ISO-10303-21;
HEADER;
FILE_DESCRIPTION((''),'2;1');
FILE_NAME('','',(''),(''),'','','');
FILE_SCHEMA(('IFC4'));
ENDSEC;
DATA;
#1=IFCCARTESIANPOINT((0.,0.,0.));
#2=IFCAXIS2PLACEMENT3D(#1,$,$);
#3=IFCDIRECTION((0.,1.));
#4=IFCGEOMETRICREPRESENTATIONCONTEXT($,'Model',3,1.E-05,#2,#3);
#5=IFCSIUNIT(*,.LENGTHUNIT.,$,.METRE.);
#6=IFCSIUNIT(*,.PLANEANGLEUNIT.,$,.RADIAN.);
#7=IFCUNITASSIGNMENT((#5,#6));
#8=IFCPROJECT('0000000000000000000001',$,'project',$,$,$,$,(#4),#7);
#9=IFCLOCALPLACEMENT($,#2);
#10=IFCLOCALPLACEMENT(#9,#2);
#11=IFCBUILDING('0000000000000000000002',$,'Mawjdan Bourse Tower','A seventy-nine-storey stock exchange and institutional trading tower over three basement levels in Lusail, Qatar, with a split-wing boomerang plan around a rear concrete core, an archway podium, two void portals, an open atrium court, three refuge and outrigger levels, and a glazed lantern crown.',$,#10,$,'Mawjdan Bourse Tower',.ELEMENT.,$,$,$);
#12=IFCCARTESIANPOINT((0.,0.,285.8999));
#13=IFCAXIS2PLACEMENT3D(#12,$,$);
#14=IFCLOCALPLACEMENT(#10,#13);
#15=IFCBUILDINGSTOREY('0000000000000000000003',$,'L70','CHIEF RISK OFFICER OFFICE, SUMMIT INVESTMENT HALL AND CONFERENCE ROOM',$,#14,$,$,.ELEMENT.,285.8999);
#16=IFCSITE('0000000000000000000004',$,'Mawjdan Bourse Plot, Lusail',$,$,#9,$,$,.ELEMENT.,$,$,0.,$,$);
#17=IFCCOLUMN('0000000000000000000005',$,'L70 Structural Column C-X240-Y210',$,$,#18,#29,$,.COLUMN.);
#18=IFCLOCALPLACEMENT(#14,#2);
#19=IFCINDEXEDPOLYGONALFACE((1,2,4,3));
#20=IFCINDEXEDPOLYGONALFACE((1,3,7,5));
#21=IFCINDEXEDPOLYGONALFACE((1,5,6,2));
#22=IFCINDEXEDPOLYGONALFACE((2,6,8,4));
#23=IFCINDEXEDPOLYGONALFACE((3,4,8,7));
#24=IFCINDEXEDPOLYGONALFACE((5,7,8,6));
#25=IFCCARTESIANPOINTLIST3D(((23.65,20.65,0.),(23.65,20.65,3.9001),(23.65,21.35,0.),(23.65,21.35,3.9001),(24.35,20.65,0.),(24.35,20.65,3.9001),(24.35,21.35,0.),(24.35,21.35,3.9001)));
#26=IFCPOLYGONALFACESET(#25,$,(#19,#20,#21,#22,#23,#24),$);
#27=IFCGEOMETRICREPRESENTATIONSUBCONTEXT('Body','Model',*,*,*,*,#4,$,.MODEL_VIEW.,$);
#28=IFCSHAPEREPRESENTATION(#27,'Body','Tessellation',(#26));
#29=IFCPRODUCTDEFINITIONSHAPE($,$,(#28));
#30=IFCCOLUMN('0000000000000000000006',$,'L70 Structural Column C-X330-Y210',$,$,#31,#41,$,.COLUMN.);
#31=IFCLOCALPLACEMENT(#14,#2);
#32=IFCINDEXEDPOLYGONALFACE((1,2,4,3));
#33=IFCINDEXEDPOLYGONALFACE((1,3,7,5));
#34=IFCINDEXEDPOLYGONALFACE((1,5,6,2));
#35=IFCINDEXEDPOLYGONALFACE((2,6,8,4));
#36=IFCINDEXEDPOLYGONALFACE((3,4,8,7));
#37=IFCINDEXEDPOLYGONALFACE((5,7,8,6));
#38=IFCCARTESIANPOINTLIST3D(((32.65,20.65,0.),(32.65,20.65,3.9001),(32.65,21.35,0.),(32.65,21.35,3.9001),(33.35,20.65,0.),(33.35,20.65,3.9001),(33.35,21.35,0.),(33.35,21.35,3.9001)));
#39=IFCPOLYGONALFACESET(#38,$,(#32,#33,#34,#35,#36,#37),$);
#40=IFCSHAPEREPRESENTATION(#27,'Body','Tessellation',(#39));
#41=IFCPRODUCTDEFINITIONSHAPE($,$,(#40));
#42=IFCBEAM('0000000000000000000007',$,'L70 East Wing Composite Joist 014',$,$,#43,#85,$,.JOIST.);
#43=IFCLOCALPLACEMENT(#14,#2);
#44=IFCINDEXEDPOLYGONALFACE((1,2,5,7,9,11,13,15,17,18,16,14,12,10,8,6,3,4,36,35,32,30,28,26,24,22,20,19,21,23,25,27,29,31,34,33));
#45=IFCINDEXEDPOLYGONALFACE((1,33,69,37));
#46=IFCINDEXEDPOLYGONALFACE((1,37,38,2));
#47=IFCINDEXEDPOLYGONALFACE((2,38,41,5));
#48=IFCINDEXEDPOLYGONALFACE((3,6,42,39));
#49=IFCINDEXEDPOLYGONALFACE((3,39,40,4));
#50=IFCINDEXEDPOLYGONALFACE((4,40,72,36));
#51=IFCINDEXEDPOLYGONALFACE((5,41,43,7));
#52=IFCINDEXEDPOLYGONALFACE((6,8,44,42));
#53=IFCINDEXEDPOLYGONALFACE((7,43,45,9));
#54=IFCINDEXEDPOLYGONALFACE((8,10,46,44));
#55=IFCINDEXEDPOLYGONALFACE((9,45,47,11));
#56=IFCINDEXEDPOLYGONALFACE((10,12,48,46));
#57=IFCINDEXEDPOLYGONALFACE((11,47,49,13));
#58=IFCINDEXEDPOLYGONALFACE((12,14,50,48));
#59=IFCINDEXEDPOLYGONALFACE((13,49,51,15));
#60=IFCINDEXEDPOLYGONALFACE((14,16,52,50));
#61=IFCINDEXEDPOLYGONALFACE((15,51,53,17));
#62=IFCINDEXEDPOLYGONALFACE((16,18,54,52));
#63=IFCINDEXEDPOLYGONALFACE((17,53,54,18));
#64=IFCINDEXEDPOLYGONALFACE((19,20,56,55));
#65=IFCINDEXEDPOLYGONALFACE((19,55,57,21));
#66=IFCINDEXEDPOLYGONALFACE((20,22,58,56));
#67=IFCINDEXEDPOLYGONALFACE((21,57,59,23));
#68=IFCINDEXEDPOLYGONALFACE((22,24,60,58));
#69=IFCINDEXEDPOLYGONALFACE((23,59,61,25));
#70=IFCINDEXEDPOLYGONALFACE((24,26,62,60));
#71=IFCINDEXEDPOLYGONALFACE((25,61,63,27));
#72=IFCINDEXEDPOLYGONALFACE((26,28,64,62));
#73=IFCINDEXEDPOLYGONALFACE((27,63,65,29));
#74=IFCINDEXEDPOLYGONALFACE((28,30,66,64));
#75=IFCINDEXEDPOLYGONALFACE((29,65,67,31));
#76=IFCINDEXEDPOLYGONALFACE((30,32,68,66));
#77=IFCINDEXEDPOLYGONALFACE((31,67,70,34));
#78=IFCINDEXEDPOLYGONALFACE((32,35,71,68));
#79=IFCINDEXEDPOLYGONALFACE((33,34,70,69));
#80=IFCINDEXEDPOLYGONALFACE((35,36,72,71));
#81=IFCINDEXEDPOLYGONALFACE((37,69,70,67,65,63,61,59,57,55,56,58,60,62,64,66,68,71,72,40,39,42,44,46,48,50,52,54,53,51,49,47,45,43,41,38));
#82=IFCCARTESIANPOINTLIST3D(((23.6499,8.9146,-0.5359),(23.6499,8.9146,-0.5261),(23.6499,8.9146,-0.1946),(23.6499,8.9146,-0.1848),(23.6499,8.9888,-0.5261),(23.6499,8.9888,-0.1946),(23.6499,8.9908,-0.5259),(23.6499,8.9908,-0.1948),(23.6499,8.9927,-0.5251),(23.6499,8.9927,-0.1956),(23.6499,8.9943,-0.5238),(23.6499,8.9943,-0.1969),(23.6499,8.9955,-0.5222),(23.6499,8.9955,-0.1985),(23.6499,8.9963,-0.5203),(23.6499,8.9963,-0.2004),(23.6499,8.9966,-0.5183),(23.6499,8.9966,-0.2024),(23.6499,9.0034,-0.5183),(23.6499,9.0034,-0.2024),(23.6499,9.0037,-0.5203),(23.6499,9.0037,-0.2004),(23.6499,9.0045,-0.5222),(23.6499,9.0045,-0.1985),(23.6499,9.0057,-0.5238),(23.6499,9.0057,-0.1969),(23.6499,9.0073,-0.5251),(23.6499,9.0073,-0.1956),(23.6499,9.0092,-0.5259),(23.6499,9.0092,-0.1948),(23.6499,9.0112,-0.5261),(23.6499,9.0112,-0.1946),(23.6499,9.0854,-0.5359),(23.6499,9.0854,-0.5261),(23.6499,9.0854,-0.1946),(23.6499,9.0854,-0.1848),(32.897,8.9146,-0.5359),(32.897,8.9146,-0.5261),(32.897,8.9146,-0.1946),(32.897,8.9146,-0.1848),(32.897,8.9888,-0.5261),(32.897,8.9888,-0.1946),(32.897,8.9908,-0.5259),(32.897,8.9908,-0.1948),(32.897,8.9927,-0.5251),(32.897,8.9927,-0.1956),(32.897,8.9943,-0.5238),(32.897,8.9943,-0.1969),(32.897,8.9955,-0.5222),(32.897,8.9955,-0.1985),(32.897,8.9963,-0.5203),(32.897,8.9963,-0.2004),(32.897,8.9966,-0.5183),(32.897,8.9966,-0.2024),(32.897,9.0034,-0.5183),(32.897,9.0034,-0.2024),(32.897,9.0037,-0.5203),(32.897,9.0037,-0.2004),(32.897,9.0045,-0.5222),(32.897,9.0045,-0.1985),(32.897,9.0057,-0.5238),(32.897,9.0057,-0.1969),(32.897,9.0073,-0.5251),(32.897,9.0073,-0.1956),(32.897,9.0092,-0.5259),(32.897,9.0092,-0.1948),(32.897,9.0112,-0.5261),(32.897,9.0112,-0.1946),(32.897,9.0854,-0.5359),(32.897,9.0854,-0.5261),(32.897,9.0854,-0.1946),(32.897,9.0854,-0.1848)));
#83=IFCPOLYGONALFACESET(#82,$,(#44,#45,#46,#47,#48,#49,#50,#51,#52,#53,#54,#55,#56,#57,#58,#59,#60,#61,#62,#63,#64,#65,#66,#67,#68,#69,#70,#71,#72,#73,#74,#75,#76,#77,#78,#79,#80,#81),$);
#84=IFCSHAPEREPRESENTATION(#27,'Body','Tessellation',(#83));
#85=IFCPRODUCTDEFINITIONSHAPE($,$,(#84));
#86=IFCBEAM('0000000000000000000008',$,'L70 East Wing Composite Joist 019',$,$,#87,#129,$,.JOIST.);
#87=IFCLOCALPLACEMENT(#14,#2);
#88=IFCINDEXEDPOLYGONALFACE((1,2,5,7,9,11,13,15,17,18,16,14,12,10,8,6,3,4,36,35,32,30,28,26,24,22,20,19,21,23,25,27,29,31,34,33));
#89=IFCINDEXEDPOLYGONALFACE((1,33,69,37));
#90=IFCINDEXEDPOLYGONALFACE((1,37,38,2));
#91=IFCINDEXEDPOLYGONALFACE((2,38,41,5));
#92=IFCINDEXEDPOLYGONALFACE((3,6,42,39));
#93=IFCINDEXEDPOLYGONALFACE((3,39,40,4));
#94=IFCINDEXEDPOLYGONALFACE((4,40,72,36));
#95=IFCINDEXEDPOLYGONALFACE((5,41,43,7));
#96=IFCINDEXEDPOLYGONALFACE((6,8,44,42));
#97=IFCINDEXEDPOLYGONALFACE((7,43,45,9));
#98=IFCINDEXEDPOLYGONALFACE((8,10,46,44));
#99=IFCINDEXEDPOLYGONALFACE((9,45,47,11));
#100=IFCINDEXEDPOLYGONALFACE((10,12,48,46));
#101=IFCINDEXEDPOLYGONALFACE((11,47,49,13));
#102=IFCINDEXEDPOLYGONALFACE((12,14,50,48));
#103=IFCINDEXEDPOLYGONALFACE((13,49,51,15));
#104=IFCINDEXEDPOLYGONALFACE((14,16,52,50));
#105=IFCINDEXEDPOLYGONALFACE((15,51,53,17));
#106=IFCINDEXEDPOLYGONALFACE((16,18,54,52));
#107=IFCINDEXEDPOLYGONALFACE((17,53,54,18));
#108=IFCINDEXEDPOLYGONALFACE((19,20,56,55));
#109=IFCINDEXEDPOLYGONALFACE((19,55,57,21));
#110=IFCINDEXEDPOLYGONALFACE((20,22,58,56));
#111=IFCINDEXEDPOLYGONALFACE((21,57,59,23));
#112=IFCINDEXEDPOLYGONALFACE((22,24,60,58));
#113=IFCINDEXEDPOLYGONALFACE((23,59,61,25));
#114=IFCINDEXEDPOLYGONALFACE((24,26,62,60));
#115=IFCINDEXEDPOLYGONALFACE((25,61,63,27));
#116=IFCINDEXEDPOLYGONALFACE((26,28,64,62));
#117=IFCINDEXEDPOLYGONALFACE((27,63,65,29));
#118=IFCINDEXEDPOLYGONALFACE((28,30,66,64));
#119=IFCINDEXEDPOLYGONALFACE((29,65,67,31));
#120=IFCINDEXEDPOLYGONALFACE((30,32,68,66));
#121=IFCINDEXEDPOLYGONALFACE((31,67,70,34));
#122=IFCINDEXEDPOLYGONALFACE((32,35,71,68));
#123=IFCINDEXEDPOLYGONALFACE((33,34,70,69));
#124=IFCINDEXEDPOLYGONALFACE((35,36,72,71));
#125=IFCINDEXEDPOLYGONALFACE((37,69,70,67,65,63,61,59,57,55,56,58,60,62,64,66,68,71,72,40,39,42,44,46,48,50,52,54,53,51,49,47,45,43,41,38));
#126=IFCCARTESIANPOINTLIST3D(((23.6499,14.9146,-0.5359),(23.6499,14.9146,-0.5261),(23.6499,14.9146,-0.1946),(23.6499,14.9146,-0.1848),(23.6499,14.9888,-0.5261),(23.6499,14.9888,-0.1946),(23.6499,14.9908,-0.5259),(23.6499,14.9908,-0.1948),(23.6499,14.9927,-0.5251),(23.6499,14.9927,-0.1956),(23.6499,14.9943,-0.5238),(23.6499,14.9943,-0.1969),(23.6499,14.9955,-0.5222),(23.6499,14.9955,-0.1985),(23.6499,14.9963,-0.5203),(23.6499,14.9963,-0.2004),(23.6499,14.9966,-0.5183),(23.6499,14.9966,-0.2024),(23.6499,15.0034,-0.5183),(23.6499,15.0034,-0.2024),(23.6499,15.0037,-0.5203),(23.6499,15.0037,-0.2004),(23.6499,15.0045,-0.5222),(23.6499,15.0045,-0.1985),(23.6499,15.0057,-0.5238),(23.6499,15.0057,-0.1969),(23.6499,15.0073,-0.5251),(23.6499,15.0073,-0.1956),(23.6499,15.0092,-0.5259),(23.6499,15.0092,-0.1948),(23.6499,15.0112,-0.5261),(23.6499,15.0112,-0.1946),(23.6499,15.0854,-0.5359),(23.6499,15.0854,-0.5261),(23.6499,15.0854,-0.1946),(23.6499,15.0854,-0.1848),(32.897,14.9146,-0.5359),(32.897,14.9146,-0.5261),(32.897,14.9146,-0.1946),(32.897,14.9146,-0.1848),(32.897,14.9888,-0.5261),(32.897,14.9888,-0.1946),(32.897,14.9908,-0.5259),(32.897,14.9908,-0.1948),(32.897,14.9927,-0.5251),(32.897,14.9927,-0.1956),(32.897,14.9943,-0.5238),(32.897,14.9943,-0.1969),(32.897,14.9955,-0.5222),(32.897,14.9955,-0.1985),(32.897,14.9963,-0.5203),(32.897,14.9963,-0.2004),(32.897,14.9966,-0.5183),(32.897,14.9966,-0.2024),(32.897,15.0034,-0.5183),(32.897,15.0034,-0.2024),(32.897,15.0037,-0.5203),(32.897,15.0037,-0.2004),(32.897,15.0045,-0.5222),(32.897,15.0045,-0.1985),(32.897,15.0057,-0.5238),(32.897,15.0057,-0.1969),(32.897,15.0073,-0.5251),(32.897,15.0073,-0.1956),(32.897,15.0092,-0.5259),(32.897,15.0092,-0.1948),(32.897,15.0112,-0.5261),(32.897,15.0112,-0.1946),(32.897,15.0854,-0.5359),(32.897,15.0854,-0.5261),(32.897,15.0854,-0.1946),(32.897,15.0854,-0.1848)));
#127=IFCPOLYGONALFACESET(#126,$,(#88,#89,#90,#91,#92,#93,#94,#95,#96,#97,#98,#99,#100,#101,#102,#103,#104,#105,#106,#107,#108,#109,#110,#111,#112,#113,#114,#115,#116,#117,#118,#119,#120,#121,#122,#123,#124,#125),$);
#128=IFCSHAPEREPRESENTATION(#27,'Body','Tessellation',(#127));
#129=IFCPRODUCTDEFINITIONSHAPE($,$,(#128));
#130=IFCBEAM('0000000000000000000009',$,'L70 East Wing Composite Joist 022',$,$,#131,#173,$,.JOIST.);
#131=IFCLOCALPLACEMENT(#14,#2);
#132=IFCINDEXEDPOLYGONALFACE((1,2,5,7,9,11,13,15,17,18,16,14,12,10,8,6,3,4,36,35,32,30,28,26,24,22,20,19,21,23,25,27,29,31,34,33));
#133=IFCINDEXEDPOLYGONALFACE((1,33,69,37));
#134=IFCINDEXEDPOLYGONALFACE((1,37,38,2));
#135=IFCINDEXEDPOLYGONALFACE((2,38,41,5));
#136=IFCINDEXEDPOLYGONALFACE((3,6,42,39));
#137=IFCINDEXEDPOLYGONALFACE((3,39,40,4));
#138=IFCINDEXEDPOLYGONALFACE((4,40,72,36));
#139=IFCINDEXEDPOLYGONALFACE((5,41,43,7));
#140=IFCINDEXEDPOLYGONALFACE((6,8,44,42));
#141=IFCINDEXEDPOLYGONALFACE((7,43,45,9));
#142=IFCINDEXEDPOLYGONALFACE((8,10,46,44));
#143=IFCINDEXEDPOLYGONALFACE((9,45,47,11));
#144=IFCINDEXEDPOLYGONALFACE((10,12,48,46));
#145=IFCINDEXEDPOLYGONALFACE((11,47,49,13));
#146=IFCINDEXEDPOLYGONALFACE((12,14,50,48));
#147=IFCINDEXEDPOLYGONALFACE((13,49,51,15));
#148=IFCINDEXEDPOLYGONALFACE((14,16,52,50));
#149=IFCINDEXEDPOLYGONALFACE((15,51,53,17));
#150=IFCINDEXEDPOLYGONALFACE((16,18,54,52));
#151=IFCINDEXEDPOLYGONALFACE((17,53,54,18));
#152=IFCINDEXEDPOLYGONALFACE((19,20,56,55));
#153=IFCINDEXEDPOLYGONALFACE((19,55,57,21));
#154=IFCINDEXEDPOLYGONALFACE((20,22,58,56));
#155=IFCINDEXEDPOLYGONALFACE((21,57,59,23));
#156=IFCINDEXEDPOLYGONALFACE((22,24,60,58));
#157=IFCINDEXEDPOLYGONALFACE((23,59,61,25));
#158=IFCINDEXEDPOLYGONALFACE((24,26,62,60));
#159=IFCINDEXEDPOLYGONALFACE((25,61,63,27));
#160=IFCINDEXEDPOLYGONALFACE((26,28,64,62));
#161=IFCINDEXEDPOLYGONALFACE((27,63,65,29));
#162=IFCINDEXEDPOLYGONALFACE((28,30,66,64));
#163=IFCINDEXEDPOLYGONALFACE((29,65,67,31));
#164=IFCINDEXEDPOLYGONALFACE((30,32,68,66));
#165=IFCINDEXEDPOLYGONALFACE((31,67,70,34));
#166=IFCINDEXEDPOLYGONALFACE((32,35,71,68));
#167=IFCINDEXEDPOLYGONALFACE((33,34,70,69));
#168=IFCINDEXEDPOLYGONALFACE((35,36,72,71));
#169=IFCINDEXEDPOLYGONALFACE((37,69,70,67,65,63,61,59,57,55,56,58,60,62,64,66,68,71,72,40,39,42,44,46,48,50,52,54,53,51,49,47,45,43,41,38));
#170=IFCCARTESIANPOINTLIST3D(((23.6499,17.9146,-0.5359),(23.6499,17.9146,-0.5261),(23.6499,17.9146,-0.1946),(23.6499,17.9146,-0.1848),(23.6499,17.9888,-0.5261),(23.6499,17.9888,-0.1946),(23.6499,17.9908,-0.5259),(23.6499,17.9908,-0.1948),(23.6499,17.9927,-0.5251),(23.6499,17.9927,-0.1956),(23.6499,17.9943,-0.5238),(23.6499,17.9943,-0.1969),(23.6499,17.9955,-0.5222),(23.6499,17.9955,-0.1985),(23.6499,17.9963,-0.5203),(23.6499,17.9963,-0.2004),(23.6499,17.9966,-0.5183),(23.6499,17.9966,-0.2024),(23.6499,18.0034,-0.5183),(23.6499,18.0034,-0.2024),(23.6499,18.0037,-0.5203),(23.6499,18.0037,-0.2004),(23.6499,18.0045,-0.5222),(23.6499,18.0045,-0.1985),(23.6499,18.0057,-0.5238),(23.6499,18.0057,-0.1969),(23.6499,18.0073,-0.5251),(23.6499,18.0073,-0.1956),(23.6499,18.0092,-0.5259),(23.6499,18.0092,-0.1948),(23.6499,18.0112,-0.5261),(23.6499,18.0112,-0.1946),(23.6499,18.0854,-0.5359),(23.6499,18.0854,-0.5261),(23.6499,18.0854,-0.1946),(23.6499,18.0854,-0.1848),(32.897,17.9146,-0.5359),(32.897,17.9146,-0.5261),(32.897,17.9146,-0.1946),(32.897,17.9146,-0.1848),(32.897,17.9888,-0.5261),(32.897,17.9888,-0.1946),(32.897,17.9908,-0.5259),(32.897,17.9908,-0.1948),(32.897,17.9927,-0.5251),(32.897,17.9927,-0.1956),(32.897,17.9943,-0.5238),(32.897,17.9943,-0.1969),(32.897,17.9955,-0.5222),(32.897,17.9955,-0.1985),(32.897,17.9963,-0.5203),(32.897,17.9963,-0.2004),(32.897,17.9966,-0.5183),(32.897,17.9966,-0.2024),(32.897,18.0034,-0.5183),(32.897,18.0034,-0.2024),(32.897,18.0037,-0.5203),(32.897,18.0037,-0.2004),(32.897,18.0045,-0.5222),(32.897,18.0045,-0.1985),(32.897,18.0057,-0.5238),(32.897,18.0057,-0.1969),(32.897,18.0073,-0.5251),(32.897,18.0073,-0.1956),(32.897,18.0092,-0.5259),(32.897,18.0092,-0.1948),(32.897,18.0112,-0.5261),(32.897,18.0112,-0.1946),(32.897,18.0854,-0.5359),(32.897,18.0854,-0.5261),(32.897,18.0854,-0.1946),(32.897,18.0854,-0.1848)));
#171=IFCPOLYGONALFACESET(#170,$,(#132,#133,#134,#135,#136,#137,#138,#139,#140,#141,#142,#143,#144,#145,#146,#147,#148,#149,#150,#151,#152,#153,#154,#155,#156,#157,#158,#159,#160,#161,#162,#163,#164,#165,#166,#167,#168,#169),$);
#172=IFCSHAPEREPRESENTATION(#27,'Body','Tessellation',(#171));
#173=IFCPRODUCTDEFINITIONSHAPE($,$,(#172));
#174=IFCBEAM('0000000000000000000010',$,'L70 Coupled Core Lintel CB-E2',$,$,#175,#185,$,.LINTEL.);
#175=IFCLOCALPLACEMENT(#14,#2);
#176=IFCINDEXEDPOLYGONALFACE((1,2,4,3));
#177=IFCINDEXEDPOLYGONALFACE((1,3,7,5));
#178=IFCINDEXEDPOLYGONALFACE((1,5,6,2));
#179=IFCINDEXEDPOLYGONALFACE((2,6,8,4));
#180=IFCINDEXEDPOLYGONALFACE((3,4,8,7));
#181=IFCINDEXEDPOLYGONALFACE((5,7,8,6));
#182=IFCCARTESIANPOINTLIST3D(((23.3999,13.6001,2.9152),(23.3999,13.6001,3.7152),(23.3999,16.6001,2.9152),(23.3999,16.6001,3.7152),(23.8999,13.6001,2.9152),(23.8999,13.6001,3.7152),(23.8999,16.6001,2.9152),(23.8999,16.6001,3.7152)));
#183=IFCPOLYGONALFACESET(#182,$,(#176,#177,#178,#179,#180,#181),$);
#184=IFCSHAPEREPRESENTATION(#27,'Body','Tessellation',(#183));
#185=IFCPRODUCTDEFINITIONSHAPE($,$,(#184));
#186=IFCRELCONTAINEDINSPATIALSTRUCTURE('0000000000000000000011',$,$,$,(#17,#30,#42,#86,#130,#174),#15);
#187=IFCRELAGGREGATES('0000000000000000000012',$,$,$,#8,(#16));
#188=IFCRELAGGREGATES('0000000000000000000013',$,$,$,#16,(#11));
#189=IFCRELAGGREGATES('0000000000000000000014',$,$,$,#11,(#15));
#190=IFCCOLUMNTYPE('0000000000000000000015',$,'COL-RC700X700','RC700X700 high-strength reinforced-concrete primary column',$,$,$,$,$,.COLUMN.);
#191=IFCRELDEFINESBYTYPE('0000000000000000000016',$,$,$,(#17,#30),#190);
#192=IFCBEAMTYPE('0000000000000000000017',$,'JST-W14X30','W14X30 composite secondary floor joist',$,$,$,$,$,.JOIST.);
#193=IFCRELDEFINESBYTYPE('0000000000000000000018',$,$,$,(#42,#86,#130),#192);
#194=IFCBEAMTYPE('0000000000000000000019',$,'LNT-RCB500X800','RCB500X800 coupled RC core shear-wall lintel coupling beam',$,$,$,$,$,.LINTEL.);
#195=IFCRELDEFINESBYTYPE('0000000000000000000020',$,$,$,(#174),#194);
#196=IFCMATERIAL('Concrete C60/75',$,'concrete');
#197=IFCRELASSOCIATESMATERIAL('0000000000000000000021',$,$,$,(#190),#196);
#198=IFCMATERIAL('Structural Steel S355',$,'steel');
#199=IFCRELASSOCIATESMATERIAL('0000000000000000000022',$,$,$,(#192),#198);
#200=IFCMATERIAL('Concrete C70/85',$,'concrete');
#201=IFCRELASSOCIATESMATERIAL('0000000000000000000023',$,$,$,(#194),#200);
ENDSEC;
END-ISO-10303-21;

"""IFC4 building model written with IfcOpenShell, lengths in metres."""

from ifc_helpers import new_model, si_unit, direction, frame, origin, origin_2d, place, context, subcontext, project, spatial, rectangle, i_section, extrude, material, material_profile, profile_set, type_object, element, save


model = new_model("IFC4")

# Units and contexts
model_context = context("Model", 3, precision=1e-05, world=origin(), true_north=direction((0.0, 1.0)))
body_context = subcontext(model_context, "Body", "Model", "MODEL_VIEW")
ifc_project = project(units=[si_unit("LENGTHUNIT", "METRE"), si_unit("PLANEANGLEUNIT", "RADIAN")], contexts=[model_context])

# Site, building, storey
site_placement = place(None, origin())
site = spatial("IfcSite", under=ifc_project, at=site_placement, Name="Mawjdan Bourse Plot, Lusail", CompositionType="ELEMENT", RefElevation=0.0)
building_placement = place(site_placement, origin())
building = spatial("IfcBuilding", under=site, at=building_placement, Name="Mawjdan Bourse Tower", Description="A seventy-nine-storey stock exchange and institutional trading tower over three basement levels in Lusail, Qatar, with a split-wing boomerang plan around a rear concrete core, an archway podium, two void portals, an open atrium court, three refuge and outrigger levels, and a glazed lantern crown.", LongName="Mawjdan Bourse Tower", CompositionType="ELEMENT")
storey_placement = place(building_placement, frame((0.0, 0.0, 285.8999)))
storey = spatial("IfcBuildingStorey", under=building, at=storey_placement, Name="L70", Description="CHIEF RISK OFFICER OFFICE, SUMMIT INVESTMENT HALL AND CONFERENCE ROOM", CompositionType="ELEMENT", Elevation=285.8999)

# Columns
ifc_material_1 = material(Name="Concrete C60/75", Category="concrete")
ifc_material_profile_1 = material_profile(ifc_material_1, rectangle(XDim=0.7, YDim=0.7, at=origin_2d()), Name="RC700X700")
ifc_profile_set_1 = profile_set([ifc_material_profile_1], Name="Concrete C60/75")
column_type = type_object("IfcColumnType", Name="COL-RC700X700", Description="RC700X700 high-strength reinforced-concrete primary column", PredefinedType="COLUMN", material=ifc_profile_set_1)
for number, where, z_axis, x_axis, name in (
    (1, (24.0, 21.0, 0.0), (0.0, 0.0, 1.0), (1.0, 0.0, 0.0), "L70 Structural Column C-X240-Y210"),
    (2, (33.0, 21.0, 0.0), (0.0, 0.0, 1.0), (1.0, 0.0, 0.0), "L70 Structural Column C-X330-Y210"),
):
    element("IfcColumn", number, at=place(storey_placement, frame(where, z_axis=z_axis, x_axis=x_axis)), inside=storey, type_object=column_type, Name=name, PredefinedType="COLUMN", context=body_context, shape_type="SweptSolid", body=[
        extrude(rectangle(XDim=0.7, YDim=0.7, at=origin_2d()), origin(), (0.0, 0.0, 1.0), 3.9001),
    ])

# Beams
ifc_material_2 = material(Name="Structural Steel S355", Category="steel")
ifc_material_profile_2 = material_profile(ifc_material_2, i_section(OverallWidth=0.1709, OverallDepth=0.3511, WebThickness=0.0068, FlangeThickness=0.0098, FilletRadius=0.0078, at=origin_2d()), Name="W14X30")
ifc_profile_set_2 = profile_set([ifc_material_profile_2], Name="Structural Steel S355")
beam_type_1 = type_object("IfcBeamType", Name="JST-W14X30", Description="W14X30 composite secondary floor joist", PredefinedType="JOIST", material=ifc_profile_set_2)
for number, where, z_axis, x_axis, name in (
    (3, (23.6499, 9.0, -0.3604), (1.0, 0.0, 0.0), (0.0, 1.0, 0.0), "L70 East Wing Composite Joist 014"),
    (4, (23.6499, 15.0, -0.3604), (1.0, 0.0, 0.0), (0.0, 1.0, 0.0), "L70 East Wing Composite Joist 019"),
    (5, (23.6499, 18.0, -0.3604), (1.0, 0.0, 0.0), (0.0, 1.0, 0.0), "L70 East Wing Composite Joist 022"),
):
    element("IfcBeam", number, at=place(storey_placement, frame(where, z_axis=z_axis, x_axis=x_axis)), inside=storey, type_object=beam_type_1, Name=name, PredefinedType="JOIST", context=body_context, shape_type="SweptSolid", body=[
        extrude(i_section(OverallWidth=0.1709, OverallDepth=0.3511, WebThickness=0.0068, FlangeThickness=0.0098, FilletRadius=0.0078, at=origin_2d()), origin(), (0.0, 0.0, 1.0), 9.2471),
    ])
ifc_material_3 = material(Name="Concrete C70/85", Category="concrete")
ifc_material_profile_3 = material_profile(ifc_material_3, rectangle(XDim=0.5, YDim=0.8, at=origin_2d()), Name="RCB500X800")
ifc_profile_set_3 = profile_set([ifc_material_profile_3], Name="Concrete C70/85")
beam_type_2 = type_object("IfcBeamType", Name="LNT-RCB500X800", Description="RCB500X800 coupled RC core shear-wall lintel coupling beam", PredefinedType="LINTEL", material=ifc_profile_set_3)
beam_1_placement = place(storey_placement, frame((23.6499, 13.6001, 3.3152), z_axis=(0.0, 1.0, 0.0), x_axis=(-1.0, 0.0, 0.0)))
element("IfcBeam", 6, at=beam_1_placement, inside=storey, type_object=beam_type_2, Name="L70 Coupled Core Lintel CB-E2", PredefinedType="LINTEL", context=body_context, shape_type="SweptSolid", body=[
    extrude(rectangle(XDim=0.5, YDim=0.8, at=origin_2d()), origin(), (0.0, 0.0, 1.0), 3.0),
])

save(model, "model.ifc")
